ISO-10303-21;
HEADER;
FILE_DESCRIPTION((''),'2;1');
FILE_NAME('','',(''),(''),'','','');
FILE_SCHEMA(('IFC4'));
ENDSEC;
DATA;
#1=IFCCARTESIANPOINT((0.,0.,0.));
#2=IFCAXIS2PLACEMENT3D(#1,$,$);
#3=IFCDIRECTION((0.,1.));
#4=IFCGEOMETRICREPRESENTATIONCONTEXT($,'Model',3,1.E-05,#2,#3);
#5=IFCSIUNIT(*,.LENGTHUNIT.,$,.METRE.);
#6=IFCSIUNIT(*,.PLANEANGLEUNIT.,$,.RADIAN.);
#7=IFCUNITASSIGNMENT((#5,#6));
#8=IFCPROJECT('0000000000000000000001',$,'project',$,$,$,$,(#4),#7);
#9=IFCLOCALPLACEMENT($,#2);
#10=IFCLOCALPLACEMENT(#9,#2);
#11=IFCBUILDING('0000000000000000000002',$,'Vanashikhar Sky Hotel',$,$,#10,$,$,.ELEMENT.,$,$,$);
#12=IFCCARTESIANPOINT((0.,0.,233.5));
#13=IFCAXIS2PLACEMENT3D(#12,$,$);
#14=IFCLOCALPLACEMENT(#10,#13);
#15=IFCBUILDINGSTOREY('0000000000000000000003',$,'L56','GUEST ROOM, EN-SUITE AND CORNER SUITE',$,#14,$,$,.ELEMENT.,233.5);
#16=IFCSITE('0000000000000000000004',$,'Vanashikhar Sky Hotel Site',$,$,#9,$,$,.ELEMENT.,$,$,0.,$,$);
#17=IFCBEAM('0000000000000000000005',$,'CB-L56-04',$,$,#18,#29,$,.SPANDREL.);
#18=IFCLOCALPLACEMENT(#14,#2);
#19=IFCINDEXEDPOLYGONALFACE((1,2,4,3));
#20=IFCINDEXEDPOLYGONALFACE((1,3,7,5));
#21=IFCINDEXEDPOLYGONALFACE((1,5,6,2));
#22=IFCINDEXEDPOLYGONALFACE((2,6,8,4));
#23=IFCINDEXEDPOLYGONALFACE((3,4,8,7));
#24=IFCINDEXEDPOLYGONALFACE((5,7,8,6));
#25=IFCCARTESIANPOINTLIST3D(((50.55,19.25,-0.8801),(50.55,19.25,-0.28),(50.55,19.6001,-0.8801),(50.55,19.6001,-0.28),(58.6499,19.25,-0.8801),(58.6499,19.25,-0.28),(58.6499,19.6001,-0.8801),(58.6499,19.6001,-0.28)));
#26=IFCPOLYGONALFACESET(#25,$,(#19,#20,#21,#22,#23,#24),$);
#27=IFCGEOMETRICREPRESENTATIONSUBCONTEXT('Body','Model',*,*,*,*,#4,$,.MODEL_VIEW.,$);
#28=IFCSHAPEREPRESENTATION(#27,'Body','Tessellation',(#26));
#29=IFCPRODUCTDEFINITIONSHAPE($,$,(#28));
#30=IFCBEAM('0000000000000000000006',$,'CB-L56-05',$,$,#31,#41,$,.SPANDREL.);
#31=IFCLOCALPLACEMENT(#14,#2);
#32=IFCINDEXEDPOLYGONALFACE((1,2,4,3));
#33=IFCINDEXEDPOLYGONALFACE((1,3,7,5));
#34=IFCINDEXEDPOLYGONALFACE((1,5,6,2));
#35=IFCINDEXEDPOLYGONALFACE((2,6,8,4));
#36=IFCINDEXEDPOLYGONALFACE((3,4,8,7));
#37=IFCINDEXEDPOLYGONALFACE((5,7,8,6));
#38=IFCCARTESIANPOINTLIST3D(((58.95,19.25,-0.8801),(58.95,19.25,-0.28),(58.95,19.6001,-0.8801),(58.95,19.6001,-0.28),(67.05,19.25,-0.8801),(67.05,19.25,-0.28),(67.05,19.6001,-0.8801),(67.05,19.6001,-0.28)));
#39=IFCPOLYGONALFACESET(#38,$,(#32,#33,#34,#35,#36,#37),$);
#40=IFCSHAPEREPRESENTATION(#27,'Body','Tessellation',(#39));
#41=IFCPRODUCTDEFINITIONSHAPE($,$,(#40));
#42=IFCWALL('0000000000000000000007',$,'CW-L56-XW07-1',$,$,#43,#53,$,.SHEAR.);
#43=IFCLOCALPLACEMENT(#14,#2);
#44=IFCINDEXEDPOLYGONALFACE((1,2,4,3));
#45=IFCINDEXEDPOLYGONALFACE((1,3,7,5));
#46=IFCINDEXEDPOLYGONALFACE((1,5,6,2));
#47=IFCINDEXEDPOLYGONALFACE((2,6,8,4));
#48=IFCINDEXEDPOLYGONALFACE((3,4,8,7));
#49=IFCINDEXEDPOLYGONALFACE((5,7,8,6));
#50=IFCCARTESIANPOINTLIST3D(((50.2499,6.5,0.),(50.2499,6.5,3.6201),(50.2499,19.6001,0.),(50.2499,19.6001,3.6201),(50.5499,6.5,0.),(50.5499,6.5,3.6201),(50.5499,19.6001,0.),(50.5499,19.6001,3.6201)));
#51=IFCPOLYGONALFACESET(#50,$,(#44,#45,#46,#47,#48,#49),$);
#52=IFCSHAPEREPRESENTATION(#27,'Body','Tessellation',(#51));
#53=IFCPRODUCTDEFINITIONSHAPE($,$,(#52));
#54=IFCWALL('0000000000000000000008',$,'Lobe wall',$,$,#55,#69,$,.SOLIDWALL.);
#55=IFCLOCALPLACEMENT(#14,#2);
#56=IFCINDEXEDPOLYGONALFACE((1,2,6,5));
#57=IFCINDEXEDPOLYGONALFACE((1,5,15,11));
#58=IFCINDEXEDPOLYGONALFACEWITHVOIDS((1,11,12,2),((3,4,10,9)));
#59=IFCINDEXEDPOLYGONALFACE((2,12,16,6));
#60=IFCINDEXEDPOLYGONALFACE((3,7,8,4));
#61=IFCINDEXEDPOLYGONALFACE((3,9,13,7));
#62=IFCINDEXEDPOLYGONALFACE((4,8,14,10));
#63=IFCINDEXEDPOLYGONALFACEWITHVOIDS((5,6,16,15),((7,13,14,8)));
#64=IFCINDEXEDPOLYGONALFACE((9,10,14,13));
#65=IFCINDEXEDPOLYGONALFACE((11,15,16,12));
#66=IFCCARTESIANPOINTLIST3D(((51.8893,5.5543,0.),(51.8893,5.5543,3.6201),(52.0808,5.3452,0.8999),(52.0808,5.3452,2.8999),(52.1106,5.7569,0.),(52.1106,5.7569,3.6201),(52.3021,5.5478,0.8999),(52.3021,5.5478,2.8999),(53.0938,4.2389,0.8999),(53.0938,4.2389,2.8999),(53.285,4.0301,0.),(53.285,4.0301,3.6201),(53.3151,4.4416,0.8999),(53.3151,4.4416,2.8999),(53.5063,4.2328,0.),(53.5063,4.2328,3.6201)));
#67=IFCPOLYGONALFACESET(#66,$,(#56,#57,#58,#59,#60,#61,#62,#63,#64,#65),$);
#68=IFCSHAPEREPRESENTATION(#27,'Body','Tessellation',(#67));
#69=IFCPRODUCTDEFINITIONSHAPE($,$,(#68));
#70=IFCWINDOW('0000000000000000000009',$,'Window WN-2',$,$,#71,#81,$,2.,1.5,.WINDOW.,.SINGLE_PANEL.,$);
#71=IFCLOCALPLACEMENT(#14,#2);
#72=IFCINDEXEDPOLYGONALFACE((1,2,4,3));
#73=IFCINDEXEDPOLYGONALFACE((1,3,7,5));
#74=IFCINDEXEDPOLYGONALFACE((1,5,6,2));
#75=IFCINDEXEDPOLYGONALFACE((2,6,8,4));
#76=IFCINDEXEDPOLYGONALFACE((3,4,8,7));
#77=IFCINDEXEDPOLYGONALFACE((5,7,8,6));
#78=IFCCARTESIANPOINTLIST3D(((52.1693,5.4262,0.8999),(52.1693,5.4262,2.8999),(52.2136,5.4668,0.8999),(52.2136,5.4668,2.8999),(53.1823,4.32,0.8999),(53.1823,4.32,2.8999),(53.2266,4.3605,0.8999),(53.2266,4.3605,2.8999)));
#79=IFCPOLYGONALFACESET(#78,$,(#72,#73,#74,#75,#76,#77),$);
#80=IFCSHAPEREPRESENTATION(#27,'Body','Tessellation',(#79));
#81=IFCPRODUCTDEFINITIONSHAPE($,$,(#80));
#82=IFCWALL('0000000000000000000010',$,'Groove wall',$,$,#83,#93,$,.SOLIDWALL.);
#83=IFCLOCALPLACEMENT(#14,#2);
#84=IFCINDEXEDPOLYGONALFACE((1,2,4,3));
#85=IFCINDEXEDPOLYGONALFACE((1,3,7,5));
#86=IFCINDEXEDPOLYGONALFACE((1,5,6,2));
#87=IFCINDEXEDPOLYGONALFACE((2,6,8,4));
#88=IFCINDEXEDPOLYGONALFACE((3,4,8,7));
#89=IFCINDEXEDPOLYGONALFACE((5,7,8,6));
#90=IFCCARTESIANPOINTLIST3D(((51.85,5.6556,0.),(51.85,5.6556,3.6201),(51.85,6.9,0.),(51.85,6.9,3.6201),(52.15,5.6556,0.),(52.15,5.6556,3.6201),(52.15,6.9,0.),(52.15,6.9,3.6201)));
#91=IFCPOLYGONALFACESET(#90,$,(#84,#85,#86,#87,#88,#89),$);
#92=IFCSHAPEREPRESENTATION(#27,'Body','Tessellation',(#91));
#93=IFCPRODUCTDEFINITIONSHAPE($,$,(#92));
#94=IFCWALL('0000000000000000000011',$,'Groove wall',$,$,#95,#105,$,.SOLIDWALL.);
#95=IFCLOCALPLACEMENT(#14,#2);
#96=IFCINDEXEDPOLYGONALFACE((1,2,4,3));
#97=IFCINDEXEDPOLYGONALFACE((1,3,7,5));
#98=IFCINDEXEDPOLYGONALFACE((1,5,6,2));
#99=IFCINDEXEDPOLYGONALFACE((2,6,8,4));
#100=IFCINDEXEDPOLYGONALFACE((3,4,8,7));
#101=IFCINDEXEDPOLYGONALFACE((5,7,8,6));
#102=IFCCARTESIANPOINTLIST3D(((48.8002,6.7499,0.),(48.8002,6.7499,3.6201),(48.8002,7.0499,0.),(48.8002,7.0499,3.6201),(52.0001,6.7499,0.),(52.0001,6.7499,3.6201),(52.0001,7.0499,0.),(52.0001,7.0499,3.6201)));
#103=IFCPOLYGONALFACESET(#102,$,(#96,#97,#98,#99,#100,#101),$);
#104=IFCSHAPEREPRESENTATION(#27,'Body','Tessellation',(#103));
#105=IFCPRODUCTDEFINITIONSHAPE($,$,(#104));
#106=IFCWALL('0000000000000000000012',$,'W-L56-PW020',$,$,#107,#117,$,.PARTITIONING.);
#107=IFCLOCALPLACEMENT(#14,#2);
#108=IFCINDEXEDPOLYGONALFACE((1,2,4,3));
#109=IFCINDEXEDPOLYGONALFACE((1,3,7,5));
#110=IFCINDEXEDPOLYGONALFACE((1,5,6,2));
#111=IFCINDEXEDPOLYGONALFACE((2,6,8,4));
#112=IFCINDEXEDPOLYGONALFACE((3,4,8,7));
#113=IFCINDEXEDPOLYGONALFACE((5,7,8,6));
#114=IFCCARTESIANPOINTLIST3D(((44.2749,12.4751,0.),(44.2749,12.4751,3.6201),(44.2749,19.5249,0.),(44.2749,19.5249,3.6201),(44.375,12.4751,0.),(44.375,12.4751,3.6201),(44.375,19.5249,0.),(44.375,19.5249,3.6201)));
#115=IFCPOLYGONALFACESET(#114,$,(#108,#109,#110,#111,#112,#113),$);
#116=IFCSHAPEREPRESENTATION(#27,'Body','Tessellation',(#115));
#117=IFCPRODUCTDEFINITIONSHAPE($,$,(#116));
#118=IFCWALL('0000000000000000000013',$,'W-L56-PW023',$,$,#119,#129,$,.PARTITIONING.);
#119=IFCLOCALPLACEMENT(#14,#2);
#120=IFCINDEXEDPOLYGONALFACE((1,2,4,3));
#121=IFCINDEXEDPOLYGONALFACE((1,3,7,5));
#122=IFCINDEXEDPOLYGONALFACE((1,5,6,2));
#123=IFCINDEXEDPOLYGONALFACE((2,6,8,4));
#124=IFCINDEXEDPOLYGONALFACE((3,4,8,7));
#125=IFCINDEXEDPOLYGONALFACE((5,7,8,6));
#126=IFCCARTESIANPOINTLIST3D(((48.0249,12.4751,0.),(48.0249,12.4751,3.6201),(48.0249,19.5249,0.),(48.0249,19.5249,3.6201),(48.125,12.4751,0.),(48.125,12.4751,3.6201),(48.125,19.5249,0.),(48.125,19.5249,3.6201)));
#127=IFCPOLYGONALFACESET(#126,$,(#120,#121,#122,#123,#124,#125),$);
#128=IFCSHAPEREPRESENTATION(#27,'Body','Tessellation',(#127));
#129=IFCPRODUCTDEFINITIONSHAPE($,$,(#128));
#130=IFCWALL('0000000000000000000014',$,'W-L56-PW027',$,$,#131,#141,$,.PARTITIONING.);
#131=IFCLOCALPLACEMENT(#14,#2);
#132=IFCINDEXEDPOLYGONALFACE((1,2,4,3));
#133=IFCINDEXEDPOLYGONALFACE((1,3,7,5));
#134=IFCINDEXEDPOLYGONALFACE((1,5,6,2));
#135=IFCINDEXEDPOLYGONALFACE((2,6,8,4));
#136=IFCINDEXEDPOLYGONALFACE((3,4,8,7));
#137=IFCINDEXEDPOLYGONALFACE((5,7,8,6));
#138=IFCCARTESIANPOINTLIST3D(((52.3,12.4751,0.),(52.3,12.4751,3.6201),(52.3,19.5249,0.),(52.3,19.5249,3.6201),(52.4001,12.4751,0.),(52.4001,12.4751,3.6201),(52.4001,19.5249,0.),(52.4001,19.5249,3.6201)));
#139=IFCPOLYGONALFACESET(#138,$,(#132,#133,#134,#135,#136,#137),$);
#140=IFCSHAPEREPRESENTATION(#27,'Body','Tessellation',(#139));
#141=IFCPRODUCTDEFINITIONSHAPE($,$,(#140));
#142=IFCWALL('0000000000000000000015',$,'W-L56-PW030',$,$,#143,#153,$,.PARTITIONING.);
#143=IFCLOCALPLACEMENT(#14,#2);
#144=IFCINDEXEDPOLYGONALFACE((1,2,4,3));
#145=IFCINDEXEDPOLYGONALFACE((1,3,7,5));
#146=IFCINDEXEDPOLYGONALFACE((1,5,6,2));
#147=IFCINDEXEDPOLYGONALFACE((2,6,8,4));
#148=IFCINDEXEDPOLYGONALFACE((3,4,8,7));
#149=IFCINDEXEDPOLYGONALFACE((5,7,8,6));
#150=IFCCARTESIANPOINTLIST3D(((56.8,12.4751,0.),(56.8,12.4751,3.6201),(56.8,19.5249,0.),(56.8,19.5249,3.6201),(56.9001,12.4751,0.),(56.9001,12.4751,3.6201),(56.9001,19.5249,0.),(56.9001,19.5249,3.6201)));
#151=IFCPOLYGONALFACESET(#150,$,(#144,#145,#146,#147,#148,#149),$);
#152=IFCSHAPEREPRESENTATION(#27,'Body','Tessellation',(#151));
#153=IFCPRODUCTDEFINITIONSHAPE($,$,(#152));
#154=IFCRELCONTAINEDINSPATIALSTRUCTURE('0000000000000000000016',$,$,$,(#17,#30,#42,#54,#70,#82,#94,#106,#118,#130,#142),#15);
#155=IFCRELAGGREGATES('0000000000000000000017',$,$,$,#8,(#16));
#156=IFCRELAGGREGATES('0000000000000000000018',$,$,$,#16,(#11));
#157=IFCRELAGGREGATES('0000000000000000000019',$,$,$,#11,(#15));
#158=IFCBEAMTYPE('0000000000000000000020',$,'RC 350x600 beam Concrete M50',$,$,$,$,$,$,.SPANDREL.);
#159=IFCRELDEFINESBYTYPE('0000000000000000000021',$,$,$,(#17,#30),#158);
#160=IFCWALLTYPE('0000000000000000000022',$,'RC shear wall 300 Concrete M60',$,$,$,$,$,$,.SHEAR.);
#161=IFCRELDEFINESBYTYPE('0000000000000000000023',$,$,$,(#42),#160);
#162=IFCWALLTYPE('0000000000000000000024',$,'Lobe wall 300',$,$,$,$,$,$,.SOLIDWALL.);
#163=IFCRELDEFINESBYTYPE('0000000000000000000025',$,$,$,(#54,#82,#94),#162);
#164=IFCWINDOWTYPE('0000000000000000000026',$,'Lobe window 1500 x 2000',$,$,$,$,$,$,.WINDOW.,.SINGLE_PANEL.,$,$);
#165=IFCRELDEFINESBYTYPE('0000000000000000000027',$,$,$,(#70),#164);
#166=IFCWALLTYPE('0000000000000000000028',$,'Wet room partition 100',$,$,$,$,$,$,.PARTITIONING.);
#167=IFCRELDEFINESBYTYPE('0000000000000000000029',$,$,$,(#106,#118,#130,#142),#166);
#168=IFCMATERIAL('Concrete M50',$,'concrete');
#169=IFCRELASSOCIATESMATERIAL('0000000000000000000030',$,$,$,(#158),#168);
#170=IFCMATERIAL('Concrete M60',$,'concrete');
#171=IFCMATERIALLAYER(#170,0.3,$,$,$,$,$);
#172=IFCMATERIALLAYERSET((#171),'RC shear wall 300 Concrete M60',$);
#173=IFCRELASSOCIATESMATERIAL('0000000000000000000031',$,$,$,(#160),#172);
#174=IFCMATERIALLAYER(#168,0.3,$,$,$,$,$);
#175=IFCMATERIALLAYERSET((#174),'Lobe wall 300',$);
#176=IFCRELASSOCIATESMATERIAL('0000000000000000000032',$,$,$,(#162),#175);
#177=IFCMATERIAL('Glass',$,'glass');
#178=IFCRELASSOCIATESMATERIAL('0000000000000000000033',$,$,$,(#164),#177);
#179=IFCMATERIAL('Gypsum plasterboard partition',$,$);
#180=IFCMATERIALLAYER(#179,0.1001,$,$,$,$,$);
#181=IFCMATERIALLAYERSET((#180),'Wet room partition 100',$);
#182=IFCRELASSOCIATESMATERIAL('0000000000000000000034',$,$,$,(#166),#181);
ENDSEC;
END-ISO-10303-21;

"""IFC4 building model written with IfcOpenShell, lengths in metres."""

from ifc_helpers import new_model, si_unit, direction, frame, frame_2d, origin, origin_2d, place, context, subcontext, project, spatial, rectangle, extrude, source, transform, mapped, material, layer, layer_set, material_profile, profile_set, type_object, element, fill, save


model = new_model("IFC4")

# Units and contexts
model_context = context("Model", 3, precision=1e-05, world=origin(), true_north=direction((0.0, 1.0)))
body_context = subcontext(model_context, "Body", "Model", "MODEL_VIEW")
ifc_project = project(units=[si_unit("LENGTHUNIT", "METRE"), si_unit("PLANEANGLEUNIT", "RADIAN")], contexts=[model_context])

# Site, building, storey
site_placement = place(None, origin())
site = spatial("IfcSite", under=ifc_project, at=site_placement, Name="Vanashikhar Sky Hotel Site", CompositionType="ELEMENT", RefElevation=0.0)
building_placement = place(site_placement, origin())
building = spatial("IfcBuilding", under=site, at=building_placement, Name="Vanashikhar Sky Hotel", CompositionType="ELEMENT")
storey_placement = place(building_placement, frame((0.0, 0.0, 233.5)))
storey = spatial("IfcBuildingStorey", under=building, at=storey_placement, Name="L56", Description="GUEST ROOM, EN-SUITE AND CORNER SUITE", CompositionType="ELEMENT", Elevation=233.5)

# Beams
ifc_material_1 = material(Name="Concrete M50", Category="concrete")
ifc_material_profile = material_profile(ifc_material_1, rectangle(XDim=0.3501, YDim=0.6001, at=origin_2d()))
ifc_profile_set = profile_set([ifc_material_profile], Name="RC 350x600 beam Concrete M50")
beam_type = type_object("IfcBeamType", Name="RC 350x600 beam Concrete M50", PredefinedType="SPANDREL", material=ifc_profile_set)
shared_shape_1 = source(origin(), body_context, "Body", "SweptSolid", [
    extrude(rectangle(XDim=0.3501, YDim=0.6001, at=origin_2d()), origin(), (0.0, 0.0, 1.0), 8.0999),
])
beam_1_placement = place(storey_placement, frame((50.55, 19.425, -0.5801), z_axis=(1.0, 0.0, 0.0), x_axis=(0.0, 1.0, 0.0)))
element("IfcBeam", 1, at=beam_1_placement, inside=storey, type_object=beam_type, Name="CB-L56-04", PredefinedType="SPANDREL", context=body_context, shape_type="MappedRepresentation", body=[
    mapped(shared_shape_1, transform((0.0, 0.0, 0.0), scale=1.0)),
])
shared_shape_2 = source(origin(), body_context, "Body", "SweptSolid", [
    extrude(rectangle(XDim=0.3501, YDim=0.6001, at=origin_2d()), origin(), (0.0, 0.0, 1.0), 8.1001),
])
beam_2_placement = place(storey_placement, frame((58.95, 19.425, -0.5801), z_axis=(1.0, 0.0, 0.0), x_axis=(0.0, 1.0, 0.0)))
element("IfcBeam", 2, at=beam_2_placement, inside=storey, type_object=beam_type, Name="CB-L56-05", PredefinedType="SPANDREL", context=body_context, shape_type="MappedRepresentation", body=[
    mapped(shared_shape_2, transform((0.0, 0.0, 0.0), scale=1.0)),
])

# Wall
ifc_material_2 = material(Name="Concrete M60", Category="concrete")
ifc_layer_1 = layer(ifc_material_2, 0.3)
ifc_layer_set_1 = layer_set([ifc_layer_1], Name="RC shear wall 300 Concrete M60")
wall_type_1 = type_object("IfcWallType", Name="RC shear wall 300 Concrete M60", PredefinedType="SHEAR", material=ifc_layer_set_1)
shared_shape_3 = source(origin(), body_context, "Body", "SweptSolid", [
    extrude(rectangle(XDim=13.1001, YDim=0.3, at=frame_2d((6.55, 0.0))), origin(), (0.0, 0.0, 1.0), 3.6201),
])
wall_1_placement = place(storey_placement, frame((50.3999, 6.5, 0.0), z_axis=(0.0, 0.0, 1.0), x_axis=(0.0, 1.0, 0.0)))
element("IfcWall", 3, at=wall_1_placement, inside=storey, type_object=wall_type_1, Name="CW-L56-XW07-1", PredefinedType="SHEAR", context=body_context, shape_type="MappedRepresentation", body=[
    mapped(shared_shape_3, transform((0.0, 0.0, 0.0), scale=1.0)),
])

# Wall, opening, window
ifc_layer_2 = layer(ifc_material_1, 0.3)
ifc_layer_set_2 = layer_set([ifc_layer_2], Name="Lobe wall 300")
wall_type_2 = type_object("IfcWallType", Name="Lobe wall 300", PredefinedType="SOLIDWALL", material=ifc_layer_set_2)
shared_shape_4 = source(origin(), body_context, "Body", "SweptSolid", [
    extrude(rectangle(XDim=2.0667, YDim=0.3, at=frame_2d((1.0332, 0.0))), origin(), (0.0, 0.0, 1.0), 3.6201),
])
wall_2_placement = place(storey_placement, frame((52.0, 5.6555, 0.0), z_axis=(0.0, 0.0, 1.0), x_axis=(0.675355, -0.737492, 0.0)))
wall_2 = element("IfcWall", 4, at=wall_2_placement, inside=storey, type_object=wall_type_2, Name="Lobe wall", PredefinedType="SOLIDWALL", context=body_context, shape_type="MappedRepresentation", body=[
    mapped(shared_shape_4, transform((0.0, 0.0, 0.0), scale=1.0)),
])
shared_shape_5 = source(origin(), body_context, "Body", "SweptSolid", [
    extrude(rectangle(XDim=1.5, YDim=2.0, at=frame_2d((0.75, 1.0))), frame((0.0, 0.1602, 0.0), z_axis=(0.0, -1.0, 0.0), x_axis=(1.0, 0.0, 0.0)), (0.0, 0.0, 1.0), 0.3201),
])
opening_1_placement = place(wall_2_placement, frame((0.2834, 0.0, 0.8999)))
opening_1 = element("IfcOpeningElement", 5, at=opening_1_placement, cuts=wall_2, PredefinedType="OPENING", context=body_context, shape_type="MappedRepresentation", body=[
    mapped(shared_shape_5, transform((0.0, 0.0, 0.0), scale=1.0)),
])
ifc_material_3 = material(Name="Glass", Category="glass")
window_type = type_object("IfcWindowType", Name="Lobe window 1500 x 2000", PartitioningType="SINGLE_PANEL", PredefinedType="WINDOW", material=ifc_material_3)
shared_shape_6 = source(origin(), body_context, "Body", "SweptSolid", [
    extrude(rectangle(XDim=1.5, YDim=2.0, at=frame_2d((0.75, 1.0))), frame((0.0, 0.03, 0.0), z_axis=(0.0, -1.0, 0.0), x_axis=(1.0, 0.0, 0.0)), (0.0, 0.0, 1.0), 0.0601),
])
window_placement = place(opening_1_placement, origin())
window = element("IfcWindow", 6, at=window_placement, inside=storey, type_object=window_type, Name="Window WN-2", OverallHeight=2.0, OverallWidth=1.5, PartitioningType="SINGLE_PANEL", PredefinedType="WINDOW", context=body_context, shape_type="MappedRepresentation", body=[
    mapped(shared_shape_6, transform((0.0, 0.0, 0.0), scale=1.0)),
])
fill(opening_1, window)

# Walls
shared_shape_7 = source(origin(), body_context, "Body", "SweptSolid", [
    extrude(rectangle(XDim=1.2444, YDim=0.3, at=frame_2d((0.6221, 0.0))), origin(), (0.0, 0.0, 1.0), 3.6201),
])
wall_3_placement = place(storey_placement, frame((52.0, 6.8999, 0.0), z_axis=(0.0, 0.0, 1.0), x_axis=(0.0, -1.0, 0.0)))
element("IfcWall", 7, at=wall_3_placement, inside=storey, type_object=wall_type_2, Name="Groove wall", PredefinedType="SOLIDWALL", context=body_context, shape_type="MappedRepresentation", body=[
    mapped(shared_shape_7, transform((0.0, 0.0, 0.0), scale=1.0)),
])
shared_shape_8 = source(origin(), body_context, "Body", "SweptSolid", [
    extrude(rectangle(XDim=3.2, YDim=0.3, at=frame_2d((1.6001, 0.0))), origin(), (0.0, 0.0, 1.0), 3.6201),
])
wall_4_placement = place(storey_placement, frame((48.8, 6.8999, 0.0), z_axis=(0.0, 0.0, 1.0), x_axis=(1.0, 0.0, 0.0)))
element("IfcWall", 8, at=wall_4_placement, inside=storey, type_object=wall_type_2, Name="Groove wall", PredefinedType="SOLIDWALL", context=body_context, shape_type="MappedRepresentation", body=[
    mapped(shared_shape_8, transform((0.0, 0.0, 0.0), scale=1.0)),
])
ifc_material_4 = material(Name="Gypsum plasterboard partition")
ifc_layer_3 = layer(ifc_material_4, 0.1001)
ifc_layer_set_3 = layer_set([ifc_layer_3], Name="Wet room partition 100")
wall_type_3 = type_object("IfcWallType", Name="Wet room partition 100", PredefinedType="PARTITIONING", material=ifc_layer_set_3)
shared_shape_9 = source(origin(), body_context, "Body", "SweptSolid", [
    extrude(rectangle(XDim=7.0498, YDim=0.1001, at=frame_2d((3.5249, 0.0))), origin(), (0.0, 0.0, 1.0), 3.6201),
])
for number, where, z_axis, x_axis, name in (
    (9, (44.325, 12.4751, 0.0), (0.0, 0.0, 1.0), (0.0, 1.0, 0.0), "W-L56-PW020"),
    (10, (48.075, 12.4751, 0.0), (0.0, 0.0, 1.0), (0.0, 1.0, 0.0), "W-L56-PW023"),
    (11, (52.3501, 12.4751, 0.0), (0.0, 0.0, 1.0), (0.0, 1.0, 0.0), "W-L56-PW027"),
    (12, (56.8501, 12.4751, 0.0), (0.0, 0.0, 1.0), (0.0, 1.0, 0.0), "W-L56-PW030"),
):
    element("IfcWall", number, at=place(storey_placement, frame(where, z_axis=z_axis, x_axis=x_axis)), inside=storey, type_object=wall_type_3, Name=name, PredefinedType="PARTITIONING", context=body_context, shape_type="MappedRepresentation", body=[
        mapped(shared_shape_9, transform((0.0, 0.0, 0.0), scale=1.0)),
    ])

save(model, "model.ifc")
